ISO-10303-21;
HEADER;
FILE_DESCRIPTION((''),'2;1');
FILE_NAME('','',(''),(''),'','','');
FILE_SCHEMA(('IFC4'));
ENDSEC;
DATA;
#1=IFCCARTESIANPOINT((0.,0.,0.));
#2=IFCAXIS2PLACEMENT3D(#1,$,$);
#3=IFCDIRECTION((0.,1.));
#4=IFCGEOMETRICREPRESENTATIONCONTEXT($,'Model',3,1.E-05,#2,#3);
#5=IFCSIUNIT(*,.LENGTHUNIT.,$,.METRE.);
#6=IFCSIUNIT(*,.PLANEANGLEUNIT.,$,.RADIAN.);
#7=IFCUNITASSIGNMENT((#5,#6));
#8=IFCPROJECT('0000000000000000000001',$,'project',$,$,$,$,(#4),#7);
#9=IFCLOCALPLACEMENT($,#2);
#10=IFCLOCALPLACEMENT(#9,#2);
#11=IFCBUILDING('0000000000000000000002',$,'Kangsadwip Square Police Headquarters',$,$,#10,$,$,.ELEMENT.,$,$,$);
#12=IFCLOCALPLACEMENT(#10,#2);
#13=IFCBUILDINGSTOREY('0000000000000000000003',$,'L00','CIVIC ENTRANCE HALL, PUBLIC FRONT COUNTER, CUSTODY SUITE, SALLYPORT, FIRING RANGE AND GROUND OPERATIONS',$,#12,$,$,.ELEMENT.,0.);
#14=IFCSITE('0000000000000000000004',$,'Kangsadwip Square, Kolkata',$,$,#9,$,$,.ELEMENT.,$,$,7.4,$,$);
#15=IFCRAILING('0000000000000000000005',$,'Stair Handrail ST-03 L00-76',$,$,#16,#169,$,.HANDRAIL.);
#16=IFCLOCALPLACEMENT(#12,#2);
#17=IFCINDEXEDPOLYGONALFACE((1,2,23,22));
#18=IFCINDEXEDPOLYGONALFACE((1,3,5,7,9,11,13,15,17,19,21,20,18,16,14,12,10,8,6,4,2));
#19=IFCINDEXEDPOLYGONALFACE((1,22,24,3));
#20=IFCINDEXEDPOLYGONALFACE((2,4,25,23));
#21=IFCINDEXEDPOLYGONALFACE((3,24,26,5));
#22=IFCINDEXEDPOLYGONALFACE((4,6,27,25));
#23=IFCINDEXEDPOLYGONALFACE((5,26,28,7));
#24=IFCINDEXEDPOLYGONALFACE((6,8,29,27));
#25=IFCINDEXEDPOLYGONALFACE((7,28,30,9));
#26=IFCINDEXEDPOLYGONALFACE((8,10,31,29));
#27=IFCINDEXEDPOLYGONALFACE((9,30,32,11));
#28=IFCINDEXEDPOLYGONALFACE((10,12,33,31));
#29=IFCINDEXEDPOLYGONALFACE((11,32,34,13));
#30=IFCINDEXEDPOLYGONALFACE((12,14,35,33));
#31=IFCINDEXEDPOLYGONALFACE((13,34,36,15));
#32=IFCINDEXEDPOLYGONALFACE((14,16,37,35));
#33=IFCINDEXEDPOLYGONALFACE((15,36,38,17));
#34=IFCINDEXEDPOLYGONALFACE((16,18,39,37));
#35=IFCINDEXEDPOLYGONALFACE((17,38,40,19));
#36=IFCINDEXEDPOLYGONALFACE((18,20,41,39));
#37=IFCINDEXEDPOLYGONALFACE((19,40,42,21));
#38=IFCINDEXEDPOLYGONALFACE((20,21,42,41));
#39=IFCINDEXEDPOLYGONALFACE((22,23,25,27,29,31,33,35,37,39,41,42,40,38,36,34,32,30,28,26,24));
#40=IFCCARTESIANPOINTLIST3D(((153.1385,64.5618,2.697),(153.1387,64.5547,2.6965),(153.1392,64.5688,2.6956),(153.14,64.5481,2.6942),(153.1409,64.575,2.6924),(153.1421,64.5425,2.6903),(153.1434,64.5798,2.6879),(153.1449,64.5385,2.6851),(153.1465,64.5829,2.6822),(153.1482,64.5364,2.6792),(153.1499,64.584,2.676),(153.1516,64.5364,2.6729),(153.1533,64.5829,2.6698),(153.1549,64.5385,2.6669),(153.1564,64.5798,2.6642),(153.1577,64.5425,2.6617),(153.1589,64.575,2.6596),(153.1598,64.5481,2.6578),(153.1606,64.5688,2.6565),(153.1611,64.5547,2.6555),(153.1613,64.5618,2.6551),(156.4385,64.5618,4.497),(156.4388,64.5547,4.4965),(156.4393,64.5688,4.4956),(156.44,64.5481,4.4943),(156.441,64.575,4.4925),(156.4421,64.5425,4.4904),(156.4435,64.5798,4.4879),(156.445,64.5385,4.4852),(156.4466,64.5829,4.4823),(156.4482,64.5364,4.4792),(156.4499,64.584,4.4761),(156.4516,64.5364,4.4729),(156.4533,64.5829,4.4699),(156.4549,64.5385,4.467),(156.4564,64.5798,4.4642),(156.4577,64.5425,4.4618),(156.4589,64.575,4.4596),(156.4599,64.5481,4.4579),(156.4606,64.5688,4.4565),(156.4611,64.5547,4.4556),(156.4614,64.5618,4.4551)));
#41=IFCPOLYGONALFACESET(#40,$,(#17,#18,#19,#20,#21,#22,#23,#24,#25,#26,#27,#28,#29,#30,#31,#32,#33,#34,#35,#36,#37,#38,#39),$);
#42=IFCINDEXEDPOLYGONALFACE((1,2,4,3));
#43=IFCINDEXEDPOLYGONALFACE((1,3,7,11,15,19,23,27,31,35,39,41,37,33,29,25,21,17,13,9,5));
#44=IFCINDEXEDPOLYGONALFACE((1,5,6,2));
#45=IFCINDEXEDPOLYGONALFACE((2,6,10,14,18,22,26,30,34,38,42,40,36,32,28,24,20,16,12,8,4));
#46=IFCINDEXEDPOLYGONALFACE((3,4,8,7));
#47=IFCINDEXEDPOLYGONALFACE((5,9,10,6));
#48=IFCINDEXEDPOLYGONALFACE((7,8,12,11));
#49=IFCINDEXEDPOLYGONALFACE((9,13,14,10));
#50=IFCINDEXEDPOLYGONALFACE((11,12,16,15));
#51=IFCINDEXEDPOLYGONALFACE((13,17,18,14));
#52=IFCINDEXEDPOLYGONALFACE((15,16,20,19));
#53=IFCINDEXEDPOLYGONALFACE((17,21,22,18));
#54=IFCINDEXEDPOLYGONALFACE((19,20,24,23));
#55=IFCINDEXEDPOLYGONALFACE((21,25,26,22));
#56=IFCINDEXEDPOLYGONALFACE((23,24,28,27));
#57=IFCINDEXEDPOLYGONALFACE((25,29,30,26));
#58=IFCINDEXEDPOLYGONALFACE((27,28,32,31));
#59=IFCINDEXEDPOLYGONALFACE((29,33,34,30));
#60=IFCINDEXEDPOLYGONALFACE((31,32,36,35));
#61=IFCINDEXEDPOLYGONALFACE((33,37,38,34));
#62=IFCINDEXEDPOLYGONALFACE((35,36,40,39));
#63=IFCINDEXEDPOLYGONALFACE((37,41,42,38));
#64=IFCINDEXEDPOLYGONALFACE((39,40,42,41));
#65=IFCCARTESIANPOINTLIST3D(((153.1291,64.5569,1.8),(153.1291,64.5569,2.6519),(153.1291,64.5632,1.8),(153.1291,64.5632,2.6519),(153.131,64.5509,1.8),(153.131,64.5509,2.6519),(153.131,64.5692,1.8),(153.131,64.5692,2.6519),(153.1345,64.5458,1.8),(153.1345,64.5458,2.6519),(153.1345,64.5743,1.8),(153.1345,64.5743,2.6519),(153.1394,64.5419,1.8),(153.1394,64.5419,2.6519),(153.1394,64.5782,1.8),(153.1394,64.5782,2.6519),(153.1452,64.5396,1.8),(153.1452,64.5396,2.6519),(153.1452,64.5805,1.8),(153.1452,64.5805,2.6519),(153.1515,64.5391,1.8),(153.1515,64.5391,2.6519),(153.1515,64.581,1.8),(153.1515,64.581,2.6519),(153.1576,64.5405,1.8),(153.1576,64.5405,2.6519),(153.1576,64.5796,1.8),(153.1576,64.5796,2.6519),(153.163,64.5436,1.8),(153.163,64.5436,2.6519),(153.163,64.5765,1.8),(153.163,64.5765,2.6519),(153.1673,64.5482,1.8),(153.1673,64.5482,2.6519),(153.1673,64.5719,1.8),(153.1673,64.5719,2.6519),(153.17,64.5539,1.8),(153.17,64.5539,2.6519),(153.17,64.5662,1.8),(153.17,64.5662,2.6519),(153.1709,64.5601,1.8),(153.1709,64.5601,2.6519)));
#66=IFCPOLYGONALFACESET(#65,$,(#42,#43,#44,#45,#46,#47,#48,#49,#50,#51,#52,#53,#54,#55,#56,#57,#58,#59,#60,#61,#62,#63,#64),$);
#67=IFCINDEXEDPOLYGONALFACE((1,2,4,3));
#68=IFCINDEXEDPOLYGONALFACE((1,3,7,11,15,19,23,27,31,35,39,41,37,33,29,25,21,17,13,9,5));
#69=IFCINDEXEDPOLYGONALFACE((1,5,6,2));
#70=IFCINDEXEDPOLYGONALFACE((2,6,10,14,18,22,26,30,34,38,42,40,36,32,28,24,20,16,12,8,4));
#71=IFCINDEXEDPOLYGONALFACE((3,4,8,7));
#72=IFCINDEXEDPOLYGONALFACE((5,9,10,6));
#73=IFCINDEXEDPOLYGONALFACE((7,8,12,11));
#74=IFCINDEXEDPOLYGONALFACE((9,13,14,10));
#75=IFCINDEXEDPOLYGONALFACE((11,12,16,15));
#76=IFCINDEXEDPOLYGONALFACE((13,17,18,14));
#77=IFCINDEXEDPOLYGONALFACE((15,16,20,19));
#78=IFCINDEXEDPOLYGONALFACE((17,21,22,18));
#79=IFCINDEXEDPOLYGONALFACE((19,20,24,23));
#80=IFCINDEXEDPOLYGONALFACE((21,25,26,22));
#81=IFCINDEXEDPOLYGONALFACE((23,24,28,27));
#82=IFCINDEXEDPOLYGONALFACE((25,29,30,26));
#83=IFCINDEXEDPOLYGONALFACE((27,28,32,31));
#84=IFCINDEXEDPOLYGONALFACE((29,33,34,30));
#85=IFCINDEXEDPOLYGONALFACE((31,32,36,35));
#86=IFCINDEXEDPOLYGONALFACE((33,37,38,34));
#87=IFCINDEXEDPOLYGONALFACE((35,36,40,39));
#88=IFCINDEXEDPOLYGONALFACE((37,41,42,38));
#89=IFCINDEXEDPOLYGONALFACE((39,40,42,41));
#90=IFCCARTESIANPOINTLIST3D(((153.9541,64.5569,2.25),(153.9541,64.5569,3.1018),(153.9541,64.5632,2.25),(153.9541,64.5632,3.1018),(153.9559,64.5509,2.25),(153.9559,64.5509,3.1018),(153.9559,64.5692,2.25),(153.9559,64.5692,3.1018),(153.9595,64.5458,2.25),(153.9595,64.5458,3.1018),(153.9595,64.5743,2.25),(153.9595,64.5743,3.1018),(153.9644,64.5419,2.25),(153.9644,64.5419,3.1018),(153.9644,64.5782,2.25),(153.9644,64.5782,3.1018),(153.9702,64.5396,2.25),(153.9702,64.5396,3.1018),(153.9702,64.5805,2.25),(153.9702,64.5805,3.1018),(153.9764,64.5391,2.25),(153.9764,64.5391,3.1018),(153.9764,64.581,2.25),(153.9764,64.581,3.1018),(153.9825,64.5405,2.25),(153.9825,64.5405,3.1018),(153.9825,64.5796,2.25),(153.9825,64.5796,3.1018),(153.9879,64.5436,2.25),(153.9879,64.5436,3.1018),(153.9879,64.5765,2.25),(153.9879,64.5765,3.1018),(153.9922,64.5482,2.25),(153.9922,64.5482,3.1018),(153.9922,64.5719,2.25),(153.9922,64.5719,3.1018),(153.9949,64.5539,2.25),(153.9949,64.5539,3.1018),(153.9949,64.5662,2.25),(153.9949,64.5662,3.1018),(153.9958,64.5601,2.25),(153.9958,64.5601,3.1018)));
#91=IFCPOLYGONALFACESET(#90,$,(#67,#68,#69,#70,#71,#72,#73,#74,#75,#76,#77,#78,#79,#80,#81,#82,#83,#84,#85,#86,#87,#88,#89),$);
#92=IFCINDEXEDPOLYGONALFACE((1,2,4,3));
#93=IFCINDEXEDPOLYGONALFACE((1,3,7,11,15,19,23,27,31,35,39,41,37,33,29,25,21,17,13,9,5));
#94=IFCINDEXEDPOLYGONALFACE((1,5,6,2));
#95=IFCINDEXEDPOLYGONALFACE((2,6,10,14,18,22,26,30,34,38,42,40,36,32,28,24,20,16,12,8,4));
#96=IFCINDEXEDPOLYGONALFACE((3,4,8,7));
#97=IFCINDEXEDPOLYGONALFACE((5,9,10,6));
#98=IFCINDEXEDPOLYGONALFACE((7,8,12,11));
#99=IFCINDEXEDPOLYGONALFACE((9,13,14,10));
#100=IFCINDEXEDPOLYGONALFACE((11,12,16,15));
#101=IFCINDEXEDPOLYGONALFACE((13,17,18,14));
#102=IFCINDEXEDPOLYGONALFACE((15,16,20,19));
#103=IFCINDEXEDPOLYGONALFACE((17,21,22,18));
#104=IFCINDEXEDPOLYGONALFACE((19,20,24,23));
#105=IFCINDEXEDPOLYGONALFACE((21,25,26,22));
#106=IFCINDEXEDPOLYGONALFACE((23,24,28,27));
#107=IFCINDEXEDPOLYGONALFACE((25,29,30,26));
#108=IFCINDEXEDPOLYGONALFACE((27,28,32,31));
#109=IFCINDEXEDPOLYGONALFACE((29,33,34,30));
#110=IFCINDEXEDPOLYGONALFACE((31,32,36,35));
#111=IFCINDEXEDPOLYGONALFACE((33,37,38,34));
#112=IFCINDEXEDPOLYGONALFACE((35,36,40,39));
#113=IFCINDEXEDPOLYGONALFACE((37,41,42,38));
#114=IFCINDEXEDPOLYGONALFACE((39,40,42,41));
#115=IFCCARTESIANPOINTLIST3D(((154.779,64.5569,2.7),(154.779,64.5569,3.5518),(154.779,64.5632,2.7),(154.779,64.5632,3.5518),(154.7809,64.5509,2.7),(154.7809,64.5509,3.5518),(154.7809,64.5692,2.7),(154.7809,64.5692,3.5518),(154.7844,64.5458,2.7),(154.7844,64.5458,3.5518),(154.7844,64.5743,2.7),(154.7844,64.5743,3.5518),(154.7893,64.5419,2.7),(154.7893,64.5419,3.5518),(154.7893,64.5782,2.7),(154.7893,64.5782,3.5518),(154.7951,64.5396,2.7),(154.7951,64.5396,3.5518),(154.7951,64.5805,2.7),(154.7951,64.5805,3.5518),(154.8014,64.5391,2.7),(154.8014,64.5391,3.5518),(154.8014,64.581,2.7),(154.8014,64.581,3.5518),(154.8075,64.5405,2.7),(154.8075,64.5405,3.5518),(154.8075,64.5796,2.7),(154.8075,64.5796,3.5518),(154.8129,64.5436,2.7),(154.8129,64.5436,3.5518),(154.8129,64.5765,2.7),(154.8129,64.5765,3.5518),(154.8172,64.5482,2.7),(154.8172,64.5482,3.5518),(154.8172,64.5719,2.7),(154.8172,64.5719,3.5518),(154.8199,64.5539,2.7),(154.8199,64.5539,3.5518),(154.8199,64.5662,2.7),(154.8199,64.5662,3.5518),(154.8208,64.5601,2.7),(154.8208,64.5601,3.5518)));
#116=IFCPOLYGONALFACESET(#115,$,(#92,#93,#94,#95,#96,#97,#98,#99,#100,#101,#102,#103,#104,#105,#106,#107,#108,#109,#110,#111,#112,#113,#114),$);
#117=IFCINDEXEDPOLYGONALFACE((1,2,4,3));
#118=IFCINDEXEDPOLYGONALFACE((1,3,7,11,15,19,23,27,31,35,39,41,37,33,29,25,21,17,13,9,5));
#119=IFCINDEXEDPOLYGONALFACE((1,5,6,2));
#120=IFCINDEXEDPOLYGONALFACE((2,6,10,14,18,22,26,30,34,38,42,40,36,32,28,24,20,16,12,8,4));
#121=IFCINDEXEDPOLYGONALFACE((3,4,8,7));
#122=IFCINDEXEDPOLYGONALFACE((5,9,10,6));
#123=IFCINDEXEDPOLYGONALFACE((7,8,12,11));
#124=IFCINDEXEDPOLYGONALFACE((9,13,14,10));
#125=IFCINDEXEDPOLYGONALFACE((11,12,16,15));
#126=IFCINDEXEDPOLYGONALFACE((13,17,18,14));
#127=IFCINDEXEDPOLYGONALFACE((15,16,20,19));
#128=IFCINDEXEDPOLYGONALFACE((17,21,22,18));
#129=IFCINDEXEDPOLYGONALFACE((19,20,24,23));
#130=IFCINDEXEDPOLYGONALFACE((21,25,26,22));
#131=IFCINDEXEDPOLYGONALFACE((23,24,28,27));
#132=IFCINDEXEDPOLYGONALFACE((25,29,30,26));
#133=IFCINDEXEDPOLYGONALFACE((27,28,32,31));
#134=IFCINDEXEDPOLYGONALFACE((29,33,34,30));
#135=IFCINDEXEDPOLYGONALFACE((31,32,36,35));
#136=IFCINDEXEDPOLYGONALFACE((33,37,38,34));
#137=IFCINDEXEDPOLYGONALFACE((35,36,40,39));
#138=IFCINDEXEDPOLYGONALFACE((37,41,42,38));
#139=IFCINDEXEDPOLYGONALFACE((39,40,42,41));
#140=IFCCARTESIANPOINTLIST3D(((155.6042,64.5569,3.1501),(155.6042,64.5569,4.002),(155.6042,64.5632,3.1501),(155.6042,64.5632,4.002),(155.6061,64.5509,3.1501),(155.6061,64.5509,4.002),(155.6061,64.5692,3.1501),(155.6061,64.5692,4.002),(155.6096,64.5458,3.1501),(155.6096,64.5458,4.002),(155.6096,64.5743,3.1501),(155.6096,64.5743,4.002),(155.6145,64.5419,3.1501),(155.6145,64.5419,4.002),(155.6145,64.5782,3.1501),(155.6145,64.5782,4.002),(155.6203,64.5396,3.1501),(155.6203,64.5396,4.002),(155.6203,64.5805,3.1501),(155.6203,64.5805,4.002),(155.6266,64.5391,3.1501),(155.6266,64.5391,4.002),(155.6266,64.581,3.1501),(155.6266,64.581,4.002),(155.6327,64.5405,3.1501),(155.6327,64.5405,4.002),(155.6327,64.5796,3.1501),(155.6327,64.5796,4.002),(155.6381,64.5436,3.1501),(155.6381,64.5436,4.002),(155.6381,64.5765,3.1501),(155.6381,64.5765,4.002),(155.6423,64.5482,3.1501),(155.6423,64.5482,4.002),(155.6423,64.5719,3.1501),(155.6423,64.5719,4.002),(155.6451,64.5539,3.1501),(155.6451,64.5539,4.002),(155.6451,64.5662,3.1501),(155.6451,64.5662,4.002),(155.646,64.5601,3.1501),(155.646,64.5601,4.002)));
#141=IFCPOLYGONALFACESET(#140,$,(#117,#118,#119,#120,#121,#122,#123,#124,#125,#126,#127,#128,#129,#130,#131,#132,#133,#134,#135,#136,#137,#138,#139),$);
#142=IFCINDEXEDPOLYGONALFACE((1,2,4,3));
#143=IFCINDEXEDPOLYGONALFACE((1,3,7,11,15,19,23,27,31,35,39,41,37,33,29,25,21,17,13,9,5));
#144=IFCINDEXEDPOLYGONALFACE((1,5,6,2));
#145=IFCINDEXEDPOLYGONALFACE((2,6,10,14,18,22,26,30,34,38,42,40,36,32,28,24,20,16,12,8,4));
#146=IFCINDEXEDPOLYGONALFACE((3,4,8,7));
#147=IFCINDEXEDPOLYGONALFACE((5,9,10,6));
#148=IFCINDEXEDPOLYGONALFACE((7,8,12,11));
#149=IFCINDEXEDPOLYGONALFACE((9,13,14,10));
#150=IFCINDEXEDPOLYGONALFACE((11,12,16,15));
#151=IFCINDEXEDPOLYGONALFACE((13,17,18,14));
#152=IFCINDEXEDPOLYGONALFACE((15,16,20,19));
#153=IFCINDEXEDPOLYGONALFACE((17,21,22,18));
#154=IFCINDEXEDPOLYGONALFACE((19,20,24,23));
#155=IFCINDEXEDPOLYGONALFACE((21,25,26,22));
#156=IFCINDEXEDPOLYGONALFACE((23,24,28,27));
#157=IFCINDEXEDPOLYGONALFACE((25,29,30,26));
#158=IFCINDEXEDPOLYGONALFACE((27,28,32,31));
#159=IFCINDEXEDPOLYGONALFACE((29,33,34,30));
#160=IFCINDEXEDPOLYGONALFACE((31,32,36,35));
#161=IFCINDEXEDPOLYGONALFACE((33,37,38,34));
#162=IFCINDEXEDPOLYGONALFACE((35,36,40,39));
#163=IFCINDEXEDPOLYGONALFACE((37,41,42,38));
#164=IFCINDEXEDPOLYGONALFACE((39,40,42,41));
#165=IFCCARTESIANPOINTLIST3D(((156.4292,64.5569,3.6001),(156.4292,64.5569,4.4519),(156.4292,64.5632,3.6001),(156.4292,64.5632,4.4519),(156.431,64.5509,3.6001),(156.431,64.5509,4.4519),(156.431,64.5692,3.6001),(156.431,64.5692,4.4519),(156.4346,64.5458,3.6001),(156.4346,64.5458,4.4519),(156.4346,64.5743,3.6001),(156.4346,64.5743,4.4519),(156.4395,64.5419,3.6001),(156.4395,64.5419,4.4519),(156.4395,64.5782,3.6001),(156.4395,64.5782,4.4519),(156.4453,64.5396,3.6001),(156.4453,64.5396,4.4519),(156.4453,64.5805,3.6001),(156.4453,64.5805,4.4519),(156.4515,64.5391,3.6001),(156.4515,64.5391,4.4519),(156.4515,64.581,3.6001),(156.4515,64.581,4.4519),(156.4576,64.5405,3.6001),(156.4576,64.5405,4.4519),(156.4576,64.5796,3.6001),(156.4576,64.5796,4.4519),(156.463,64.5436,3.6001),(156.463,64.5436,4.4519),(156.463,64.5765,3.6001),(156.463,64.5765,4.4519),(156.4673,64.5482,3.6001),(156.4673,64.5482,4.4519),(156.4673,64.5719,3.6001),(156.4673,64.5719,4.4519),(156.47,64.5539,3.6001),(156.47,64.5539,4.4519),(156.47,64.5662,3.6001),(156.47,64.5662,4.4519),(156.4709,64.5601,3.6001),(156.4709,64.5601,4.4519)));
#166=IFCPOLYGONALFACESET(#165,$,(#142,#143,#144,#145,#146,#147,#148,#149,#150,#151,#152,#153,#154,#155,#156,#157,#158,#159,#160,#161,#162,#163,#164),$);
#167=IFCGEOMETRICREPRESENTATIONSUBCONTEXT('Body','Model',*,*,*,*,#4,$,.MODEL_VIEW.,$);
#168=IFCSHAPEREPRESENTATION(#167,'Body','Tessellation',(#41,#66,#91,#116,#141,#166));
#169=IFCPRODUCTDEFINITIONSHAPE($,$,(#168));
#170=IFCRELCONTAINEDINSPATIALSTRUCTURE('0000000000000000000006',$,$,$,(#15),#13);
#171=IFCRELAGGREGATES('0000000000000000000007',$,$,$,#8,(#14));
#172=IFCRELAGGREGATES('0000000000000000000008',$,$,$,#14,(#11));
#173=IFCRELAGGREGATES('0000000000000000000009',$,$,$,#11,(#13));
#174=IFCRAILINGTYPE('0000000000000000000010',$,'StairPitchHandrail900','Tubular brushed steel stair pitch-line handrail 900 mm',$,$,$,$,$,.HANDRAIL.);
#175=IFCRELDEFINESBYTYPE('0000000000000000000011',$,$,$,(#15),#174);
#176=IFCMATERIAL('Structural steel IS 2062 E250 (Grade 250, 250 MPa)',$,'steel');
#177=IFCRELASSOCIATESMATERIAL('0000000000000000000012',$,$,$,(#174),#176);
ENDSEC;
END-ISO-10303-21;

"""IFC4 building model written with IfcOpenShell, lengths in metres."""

from ifc_helpers import new_model, si_unit, direction, frame, origin, origin_2d, place, context, subcontext, project, spatial, circle, extrude, material, type_object, element, save


model = new_model("IFC4")

# Units and contexts
model_context = context("Model", 3, precision=1e-05, world=origin(), true_north=direction((0.0, 1.0)))
body_context = subcontext(model_context, "Body", "Model", "MODEL_VIEW")
ifc_project = project(units=[si_unit("LENGTHUNIT", "METRE"), si_unit("PLANEANGLEUNIT", "RADIAN")], contexts=[model_context])

# Site, building, storey
site_placement = place(None, origin())
site = spatial("IfcSite", under=ifc_project, at=site_placement, Name="Kangsadwip Square, Kolkata", CompositionType="ELEMENT", RefElevation=7.4)
building_placement = place(site_placement, origin())
building = spatial("IfcBuilding", under=site, at=building_placement, Name="Kangsadwip Square Police Headquarters", CompositionType="ELEMENT")
storey_placement = place(building_placement, origin())
storey = spatial("IfcBuildingStorey", under=building, at=storey_placement, Name="L00", Description="CIVIC ENTRANCE HALL, PUBLIC FRONT COUNTER, CUSTODY SUITE, SALLYPORT, FIRING RANGE AND GROUND OPERATIONS", CompositionType="ELEMENT", Elevation=0.0)

# Railing
ifc_material_1 = material(Name="Structural steel IS 2062 E250 (Grade 250, 250 MPa)", Category="steel")
railing_type_1 = type_object("IfcRailingType", Name="StairPitchHandrail900", Description="Tubular brushed steel stair pitch-line handrail 900 mm", PredefinedType="HANDRAIL", material=ifc_material_1)
railing_1_placement = place(storey_placement, frame((153.1499, 64.5601, 1.8)))
element("IfcRailing", 1, at=railing_1_placement, inside=storey, type_object=railing_type_1, Name="Stair Handrail ST-03 L00-76", PredefinedType="HANDRAIL", context=body_context, shape_type="SweptSolid", body=[
    extrude(circle(Radius=0.0239, at=origin_2d()), frame((0.0, 0.0, 0.876), z_axis=(0.877893, 0.0, 0.478857), x_axis=(0.0, 1.0, 0.0)), (0.0, 0.0, 1.0), 3.759),
    extrude(circle(Radius=0.021, at=origin_2d()), origin(), (0.0, 0.0, 1.0), 0.8518),
    extrude(circle(Radius=0.021, at=origin_2d()), frame((0.825, 0.0, 0.45)), (0.0, 0.0, 1.0), 0.8518),
    extrude(circle(Radius=0.021, at=origin_2d()), frame((1.6499, 0.0, 0.8999)), (0.0, 0.0, 1.0), 0.8518),
    extrude(circle(Radius=0.021, at=origin_2d()), frame((2.4751, 0.0, 1.3501)), (0.0, 0.0, 1.0), 0.8518),
    extrude(circle(Radius=0.021, at=origin_2d()), frame((3.3, 0.0, 1.8)), (0.0, 0.0, 1.0), 0.8518),
])

save(model, "model.ifc")
